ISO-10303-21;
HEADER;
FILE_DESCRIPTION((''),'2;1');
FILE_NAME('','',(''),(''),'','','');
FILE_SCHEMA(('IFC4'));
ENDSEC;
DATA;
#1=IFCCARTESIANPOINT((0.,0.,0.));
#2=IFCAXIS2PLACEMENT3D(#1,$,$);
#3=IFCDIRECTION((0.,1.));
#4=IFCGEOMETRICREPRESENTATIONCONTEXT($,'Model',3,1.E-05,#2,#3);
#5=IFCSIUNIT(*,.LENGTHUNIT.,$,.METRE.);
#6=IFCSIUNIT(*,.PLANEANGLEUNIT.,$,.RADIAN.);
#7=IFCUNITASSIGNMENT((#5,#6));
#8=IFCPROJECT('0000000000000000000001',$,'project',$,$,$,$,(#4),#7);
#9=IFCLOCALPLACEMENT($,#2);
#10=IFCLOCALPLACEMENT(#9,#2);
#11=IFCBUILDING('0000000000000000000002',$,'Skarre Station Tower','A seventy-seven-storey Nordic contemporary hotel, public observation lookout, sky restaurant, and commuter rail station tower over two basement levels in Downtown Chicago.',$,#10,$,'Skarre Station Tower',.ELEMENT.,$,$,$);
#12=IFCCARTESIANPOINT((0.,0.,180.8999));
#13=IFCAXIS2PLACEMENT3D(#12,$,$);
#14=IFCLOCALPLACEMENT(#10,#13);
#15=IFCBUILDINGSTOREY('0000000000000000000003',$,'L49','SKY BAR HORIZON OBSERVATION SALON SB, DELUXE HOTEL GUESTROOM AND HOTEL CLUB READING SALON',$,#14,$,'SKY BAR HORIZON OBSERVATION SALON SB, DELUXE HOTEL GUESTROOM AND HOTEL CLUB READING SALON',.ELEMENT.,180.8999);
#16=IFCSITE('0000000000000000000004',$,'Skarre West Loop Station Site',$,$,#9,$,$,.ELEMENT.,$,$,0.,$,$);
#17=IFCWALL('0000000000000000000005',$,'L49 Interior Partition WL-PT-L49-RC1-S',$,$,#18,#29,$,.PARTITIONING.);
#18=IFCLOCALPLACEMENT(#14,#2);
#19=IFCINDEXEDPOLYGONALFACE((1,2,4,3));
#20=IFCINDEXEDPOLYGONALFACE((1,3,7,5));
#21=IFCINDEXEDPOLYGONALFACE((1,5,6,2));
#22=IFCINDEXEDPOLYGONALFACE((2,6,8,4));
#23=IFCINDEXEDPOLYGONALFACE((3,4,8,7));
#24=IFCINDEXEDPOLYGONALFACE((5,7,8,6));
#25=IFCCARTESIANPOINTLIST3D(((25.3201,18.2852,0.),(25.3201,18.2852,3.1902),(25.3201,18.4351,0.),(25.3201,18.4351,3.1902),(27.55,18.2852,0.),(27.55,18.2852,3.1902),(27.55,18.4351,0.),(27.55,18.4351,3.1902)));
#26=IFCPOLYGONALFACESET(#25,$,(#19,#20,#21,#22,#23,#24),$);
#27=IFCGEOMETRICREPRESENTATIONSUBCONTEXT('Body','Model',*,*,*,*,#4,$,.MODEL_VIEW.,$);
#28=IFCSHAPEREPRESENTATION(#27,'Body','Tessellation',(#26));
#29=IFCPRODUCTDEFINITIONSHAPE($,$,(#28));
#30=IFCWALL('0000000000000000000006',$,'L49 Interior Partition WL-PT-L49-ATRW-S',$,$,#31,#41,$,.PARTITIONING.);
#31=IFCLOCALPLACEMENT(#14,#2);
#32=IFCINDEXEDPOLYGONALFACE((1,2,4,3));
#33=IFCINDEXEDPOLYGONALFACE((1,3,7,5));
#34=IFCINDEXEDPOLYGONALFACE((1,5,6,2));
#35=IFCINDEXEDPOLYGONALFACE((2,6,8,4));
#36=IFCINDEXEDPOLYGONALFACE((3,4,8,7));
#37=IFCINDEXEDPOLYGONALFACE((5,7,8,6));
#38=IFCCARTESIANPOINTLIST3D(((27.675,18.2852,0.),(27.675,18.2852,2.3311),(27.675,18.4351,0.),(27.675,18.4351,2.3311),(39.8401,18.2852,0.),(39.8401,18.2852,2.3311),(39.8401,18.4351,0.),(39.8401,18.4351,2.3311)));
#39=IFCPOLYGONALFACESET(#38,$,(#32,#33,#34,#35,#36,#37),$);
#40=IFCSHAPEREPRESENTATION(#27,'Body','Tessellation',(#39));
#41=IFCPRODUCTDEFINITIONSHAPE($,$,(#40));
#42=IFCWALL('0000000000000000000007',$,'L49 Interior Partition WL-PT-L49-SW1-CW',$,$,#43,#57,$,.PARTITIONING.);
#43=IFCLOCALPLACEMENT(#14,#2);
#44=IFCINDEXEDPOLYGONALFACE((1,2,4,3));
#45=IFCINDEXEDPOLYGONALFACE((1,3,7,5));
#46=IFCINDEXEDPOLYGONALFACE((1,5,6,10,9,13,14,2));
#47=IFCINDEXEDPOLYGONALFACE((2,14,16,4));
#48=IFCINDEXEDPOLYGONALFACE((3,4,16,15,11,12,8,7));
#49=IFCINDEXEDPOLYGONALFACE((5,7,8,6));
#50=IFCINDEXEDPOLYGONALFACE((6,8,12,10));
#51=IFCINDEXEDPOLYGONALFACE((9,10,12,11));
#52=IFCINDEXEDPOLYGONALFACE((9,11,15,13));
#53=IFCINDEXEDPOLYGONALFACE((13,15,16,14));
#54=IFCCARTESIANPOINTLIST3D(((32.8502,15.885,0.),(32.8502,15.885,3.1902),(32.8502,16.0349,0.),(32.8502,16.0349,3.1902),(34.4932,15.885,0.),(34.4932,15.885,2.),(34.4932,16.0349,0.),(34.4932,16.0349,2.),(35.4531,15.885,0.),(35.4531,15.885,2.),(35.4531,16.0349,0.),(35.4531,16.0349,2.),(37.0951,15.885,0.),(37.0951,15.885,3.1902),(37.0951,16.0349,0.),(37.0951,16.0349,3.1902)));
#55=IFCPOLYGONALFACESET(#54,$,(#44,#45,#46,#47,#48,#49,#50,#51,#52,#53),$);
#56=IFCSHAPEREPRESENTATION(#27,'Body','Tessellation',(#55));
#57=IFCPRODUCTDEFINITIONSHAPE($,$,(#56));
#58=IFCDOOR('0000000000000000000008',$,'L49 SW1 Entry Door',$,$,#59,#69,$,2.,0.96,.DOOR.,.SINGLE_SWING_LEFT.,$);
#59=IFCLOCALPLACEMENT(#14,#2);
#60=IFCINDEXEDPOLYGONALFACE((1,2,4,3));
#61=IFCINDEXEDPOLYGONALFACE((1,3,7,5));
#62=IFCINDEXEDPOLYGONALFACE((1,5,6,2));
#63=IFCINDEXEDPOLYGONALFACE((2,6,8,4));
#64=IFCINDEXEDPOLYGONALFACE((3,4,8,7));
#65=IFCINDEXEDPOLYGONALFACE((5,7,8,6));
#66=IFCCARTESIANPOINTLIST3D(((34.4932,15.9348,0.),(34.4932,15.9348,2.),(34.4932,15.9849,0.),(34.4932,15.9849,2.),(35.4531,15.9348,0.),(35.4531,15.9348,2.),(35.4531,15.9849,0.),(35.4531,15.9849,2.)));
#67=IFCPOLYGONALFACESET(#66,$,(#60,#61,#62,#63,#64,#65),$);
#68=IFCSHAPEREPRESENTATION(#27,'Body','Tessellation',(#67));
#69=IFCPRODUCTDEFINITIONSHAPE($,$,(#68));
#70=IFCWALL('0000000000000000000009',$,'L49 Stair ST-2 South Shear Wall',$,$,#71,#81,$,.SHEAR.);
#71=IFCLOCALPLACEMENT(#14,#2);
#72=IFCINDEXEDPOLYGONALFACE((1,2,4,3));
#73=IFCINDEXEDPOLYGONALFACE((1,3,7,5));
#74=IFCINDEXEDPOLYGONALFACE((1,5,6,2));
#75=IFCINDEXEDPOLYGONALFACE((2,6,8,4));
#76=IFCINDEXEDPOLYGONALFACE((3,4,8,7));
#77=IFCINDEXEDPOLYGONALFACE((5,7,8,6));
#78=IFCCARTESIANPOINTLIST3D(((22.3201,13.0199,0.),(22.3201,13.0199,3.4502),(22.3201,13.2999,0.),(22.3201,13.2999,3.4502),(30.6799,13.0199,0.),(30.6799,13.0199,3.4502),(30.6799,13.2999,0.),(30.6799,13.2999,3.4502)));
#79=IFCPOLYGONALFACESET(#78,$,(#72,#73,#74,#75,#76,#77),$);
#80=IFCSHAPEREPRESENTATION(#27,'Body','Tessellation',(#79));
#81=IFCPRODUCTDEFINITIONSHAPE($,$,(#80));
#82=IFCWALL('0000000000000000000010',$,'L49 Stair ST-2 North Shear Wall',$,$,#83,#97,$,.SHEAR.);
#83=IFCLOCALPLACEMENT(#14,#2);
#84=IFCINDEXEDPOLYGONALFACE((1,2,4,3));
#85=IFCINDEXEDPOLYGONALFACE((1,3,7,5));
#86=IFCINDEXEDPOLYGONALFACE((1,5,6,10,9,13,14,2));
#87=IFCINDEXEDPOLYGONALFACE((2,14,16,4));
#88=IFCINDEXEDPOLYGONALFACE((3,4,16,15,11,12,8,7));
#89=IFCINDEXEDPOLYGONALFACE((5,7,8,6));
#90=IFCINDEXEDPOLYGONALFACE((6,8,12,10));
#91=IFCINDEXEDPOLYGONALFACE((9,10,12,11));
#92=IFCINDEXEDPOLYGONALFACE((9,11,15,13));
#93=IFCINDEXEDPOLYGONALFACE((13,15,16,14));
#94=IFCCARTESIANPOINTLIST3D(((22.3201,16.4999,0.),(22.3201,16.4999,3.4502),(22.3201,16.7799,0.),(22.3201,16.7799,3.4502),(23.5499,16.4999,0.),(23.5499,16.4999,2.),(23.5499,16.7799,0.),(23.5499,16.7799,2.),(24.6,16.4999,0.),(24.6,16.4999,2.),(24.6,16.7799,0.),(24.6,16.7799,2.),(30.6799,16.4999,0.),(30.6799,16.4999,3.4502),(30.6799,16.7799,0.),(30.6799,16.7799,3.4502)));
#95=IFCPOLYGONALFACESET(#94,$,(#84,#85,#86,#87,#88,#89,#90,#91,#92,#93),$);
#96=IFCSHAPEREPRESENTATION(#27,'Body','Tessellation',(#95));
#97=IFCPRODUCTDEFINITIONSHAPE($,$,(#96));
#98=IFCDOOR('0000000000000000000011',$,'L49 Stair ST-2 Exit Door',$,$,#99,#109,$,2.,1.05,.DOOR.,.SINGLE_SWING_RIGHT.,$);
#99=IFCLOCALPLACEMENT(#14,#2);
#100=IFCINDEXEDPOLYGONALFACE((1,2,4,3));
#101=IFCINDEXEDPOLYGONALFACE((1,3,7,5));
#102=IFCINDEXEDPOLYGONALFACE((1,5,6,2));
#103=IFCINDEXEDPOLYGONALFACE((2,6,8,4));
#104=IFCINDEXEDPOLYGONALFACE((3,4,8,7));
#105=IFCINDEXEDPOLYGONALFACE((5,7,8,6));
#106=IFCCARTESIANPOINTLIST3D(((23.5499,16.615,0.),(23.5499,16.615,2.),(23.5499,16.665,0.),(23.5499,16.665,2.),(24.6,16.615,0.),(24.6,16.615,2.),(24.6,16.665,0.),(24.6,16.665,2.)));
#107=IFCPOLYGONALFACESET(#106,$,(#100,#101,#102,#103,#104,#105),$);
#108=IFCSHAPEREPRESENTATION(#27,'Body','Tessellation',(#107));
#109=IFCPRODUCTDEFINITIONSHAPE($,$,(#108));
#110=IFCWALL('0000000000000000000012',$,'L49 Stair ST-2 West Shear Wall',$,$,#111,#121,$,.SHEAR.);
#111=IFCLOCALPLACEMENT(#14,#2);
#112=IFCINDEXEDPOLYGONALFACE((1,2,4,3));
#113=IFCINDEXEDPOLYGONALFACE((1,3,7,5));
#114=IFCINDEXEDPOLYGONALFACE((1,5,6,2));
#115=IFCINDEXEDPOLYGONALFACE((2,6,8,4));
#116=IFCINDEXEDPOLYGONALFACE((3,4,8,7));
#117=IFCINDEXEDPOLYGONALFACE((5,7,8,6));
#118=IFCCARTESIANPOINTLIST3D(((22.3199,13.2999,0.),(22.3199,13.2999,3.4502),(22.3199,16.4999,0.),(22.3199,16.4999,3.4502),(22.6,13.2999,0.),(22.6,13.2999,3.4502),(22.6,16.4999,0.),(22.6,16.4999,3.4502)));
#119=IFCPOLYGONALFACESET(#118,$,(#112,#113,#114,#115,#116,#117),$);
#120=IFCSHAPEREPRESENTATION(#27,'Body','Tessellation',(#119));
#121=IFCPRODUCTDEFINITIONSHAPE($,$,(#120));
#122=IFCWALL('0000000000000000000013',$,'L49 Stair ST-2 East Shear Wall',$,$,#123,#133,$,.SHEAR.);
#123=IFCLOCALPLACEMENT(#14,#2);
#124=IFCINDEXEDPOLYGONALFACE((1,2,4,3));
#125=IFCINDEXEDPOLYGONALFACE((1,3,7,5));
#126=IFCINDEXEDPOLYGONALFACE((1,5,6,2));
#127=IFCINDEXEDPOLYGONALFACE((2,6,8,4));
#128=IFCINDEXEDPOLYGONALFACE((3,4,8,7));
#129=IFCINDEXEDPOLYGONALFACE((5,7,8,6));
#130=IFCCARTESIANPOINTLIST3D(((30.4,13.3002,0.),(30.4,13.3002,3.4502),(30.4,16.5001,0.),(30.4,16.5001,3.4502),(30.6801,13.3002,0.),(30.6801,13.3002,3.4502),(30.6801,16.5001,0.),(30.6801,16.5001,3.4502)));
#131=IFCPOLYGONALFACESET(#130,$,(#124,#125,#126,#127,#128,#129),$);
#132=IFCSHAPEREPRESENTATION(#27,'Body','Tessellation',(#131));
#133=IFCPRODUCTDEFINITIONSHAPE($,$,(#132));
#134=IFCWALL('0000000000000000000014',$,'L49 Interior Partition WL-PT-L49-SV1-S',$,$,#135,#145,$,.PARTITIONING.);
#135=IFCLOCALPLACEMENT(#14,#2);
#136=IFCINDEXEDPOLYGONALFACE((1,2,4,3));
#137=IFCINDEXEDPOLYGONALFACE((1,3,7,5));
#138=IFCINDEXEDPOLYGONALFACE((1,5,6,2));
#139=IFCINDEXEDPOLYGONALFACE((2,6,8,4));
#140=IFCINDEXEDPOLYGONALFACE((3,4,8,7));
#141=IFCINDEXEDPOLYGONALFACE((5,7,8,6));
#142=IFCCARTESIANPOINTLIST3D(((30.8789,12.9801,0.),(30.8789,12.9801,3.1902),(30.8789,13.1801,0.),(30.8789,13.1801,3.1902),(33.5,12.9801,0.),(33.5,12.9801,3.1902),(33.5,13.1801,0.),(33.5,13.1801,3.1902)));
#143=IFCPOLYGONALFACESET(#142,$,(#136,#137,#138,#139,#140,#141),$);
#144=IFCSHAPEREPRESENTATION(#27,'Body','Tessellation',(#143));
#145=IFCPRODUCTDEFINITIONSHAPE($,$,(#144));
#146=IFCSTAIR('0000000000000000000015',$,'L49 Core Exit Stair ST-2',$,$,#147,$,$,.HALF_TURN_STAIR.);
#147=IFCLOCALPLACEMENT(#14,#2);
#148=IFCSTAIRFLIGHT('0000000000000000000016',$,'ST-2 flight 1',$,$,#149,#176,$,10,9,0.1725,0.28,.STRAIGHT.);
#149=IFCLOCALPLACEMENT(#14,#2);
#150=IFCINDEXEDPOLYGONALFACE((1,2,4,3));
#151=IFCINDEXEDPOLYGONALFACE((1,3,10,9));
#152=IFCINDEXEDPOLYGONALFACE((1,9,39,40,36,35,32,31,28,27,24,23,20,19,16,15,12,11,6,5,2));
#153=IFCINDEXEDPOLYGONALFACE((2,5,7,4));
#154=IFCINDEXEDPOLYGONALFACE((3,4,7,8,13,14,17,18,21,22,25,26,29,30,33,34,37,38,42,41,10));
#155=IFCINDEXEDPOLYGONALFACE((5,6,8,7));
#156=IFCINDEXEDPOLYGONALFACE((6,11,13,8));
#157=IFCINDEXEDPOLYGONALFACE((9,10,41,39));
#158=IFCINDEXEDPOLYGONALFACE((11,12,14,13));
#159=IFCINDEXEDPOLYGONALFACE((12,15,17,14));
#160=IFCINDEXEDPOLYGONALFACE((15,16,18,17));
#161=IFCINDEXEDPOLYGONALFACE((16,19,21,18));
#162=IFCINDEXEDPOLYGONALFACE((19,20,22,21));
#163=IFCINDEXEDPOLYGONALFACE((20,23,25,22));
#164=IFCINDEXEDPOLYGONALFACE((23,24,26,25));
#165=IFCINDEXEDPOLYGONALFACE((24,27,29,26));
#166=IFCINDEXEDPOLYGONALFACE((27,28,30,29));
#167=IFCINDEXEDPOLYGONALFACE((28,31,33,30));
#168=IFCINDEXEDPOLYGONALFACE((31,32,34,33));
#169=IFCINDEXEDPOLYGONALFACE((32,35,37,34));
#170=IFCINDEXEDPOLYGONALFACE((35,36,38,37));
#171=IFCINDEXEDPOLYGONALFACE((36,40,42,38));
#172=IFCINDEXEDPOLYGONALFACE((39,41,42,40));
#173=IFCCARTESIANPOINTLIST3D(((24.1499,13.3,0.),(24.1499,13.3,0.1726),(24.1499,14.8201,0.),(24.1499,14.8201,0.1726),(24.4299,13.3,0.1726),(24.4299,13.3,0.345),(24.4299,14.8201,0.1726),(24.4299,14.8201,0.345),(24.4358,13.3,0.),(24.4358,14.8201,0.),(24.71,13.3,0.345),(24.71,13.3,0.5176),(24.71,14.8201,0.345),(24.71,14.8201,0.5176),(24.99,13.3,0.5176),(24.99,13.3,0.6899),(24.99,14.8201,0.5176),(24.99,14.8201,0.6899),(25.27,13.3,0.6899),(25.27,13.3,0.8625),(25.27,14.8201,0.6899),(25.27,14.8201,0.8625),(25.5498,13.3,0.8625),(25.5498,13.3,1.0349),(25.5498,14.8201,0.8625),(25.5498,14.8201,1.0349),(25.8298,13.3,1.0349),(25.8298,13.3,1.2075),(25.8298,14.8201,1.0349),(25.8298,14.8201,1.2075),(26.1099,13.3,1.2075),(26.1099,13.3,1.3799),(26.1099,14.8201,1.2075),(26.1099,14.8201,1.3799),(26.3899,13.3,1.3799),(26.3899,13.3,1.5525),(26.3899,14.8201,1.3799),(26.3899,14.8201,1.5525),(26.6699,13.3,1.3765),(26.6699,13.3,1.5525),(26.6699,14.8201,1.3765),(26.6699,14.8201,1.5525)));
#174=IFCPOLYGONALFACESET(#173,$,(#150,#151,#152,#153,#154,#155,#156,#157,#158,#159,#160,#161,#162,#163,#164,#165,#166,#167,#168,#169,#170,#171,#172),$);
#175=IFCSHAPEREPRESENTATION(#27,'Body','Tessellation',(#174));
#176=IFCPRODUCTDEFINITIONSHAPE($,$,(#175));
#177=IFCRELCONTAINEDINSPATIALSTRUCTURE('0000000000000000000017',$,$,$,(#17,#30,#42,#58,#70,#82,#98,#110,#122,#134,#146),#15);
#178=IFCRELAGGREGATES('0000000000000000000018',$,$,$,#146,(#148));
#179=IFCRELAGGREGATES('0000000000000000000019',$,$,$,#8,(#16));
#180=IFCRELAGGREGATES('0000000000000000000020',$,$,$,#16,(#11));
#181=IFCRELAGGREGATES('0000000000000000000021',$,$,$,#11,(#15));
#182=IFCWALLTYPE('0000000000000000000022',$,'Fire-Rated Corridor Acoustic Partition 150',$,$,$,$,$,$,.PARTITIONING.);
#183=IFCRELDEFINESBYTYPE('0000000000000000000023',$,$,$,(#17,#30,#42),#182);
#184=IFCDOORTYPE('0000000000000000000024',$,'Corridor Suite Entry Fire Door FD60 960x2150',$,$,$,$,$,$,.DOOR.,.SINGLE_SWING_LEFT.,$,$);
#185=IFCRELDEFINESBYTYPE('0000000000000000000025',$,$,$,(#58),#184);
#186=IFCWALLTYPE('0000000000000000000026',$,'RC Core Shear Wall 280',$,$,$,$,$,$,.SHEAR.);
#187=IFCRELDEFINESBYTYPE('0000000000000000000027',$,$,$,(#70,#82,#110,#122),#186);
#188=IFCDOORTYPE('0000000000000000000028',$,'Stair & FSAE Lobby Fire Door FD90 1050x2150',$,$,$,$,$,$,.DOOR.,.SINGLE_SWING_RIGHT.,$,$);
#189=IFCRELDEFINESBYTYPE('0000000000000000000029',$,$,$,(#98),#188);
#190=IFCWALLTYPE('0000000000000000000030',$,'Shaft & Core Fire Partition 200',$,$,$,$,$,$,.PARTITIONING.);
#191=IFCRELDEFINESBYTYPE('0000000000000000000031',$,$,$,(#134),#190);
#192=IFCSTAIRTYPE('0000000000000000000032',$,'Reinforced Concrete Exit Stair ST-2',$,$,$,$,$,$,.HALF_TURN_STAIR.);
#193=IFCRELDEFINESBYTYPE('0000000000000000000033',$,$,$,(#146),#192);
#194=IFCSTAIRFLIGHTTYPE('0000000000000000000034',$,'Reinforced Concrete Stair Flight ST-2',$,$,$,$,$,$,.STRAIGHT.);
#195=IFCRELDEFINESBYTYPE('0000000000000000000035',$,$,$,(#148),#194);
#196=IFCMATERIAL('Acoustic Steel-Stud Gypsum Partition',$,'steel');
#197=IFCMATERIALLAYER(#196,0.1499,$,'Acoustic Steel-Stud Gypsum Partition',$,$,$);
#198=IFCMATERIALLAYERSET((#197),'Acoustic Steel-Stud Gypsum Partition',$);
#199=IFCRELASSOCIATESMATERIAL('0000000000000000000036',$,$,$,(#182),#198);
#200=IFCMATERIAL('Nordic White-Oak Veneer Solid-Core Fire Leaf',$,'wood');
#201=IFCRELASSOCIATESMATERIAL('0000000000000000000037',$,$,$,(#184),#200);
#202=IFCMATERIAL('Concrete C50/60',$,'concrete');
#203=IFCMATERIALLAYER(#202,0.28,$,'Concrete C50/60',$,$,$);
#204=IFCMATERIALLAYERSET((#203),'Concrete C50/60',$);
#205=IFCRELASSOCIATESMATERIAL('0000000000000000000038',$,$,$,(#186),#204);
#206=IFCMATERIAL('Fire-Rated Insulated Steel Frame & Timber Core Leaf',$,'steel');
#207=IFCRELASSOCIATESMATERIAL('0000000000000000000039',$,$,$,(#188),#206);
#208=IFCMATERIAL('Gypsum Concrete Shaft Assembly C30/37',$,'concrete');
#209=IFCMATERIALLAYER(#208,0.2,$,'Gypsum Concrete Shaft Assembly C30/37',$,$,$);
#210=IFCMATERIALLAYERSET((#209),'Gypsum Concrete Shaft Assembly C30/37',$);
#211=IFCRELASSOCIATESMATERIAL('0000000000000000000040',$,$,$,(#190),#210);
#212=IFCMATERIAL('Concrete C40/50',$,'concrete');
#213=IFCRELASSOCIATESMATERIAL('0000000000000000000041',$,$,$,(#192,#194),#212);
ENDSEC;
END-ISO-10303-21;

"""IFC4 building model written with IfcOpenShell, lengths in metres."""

from ifc_helpers import new_model, si_unit, direction, frame, frame_2d, origin, place, context, subcontext, project, spatial, polyline, rectangle, outline, extrude, material, layer, layer_set, type_object, element, fill, aggregate, save


model = new_model("IFC4")

# Units and contexts
model_context = context("Model", 3, precision=1e-05, world=origin(), true_north=direction((0.0, 1.0)))
body_context = subcontext(model_context, "Body", "Model", "MODEL_VIEW")
ifc_project = project(units=[si_unit("LENGTHUNIT", "METRE"), si_unit("PLANEANGLEUNIT", "RADIAN")], contexts=[model_context])

# Site, building, storey
site_placement = place(None, origin())
site = spatial("IfcSite", under=ifc_project, at=site_placement, Name="Skarre West Loop Station Site", CompositionType="ELEMENT", RefElevation=0.0)
building_placement = place(site_placement, origin())
building = spatial("IfcBuilding", under=site, at=building_placement, Name="Skarre Station Tower", Description="A seventy-seven-storey Nordic contemporary hotel, public observation lookout, sky restaurant, and commuter rail station tower over two basement levels in Downtown Chicago.", LongName="Skarre Station Tower", CompositionType="ELEMENT")
storey_placement = place(building_placement, frame((0.0, 0.0, 180.8999)))
storey = spatial("IfcBuildingStorey", under=building, at=storey_placement, Name="L49", Description="SKY BAR HORIZON OBSERVATION SALON SB, DELUXE HOTEL GUESTROOM AND HOTEL CLUB READING SALON", LongName="SKY BAR HORIZON OBSERVATION SALON SB, DELUXE HOTEL GUESTROOM AND HOTEL CLUB READING SALON", CompositionType="ELEMENT", Elevation=180.8999)

# Walls
ifc_material_1 = material(Name="Acoustic Steel-Stud Gypsum Partition", Category="steel")
ifc_layer_1 = layer(ifc_material_1, 0.1499, Name="Acoustic Steel-Stud Gypsum Partition")
ifc_layer_set_1 = layer_set([ifc_layer_1], Name="Acoustic Steel-Stud Gypsum Partition")
wall_type_1 = type_object("IfcWallType", Name="Fire-Rated Corridor Acoustic Partition 150", PredefinedType="PARTITIONING", material=ifc_layer_set_1)
wall_1_placement = place(storey_placement, frame((25.3201, 18.3601, 0.0), z_axis=(0.0, 0.0, 1.0), x_axis=(1.0, 0.0, 0.0)))
element("IfcWall", 1, at=wall_1_placement, inside=storey, type_object=wall_type_1, Name="L49 Interior Partition WL-PT-L49-RC1-S", PredefinedType="PARTITIONING", context=body_context, shape_type="SweptSolid", body=[
    extrude(rectangle(XDim=2.23, YDim=0.1499, at=frame_2d((1.115, 0.0))), origin(), (0.0, 0.0, 1.0), 3.1902),
])
wall_2_placement = place(storey_placement, frame((27.675, 18.3601, 0.0), z_axis=(0.0, 0.0, 1.0), x_axis=(1.0, 0.0, 0.0)))
element("IfcWall", 2, at=wall_2_placement, inside=storey, type_object=wall_type_1, Name="L49 Interior Partition WL-PT-L49-ATRW-S", PredefinedType="PARTITIONING", context=body_context, shape_type="SweptSolid", body=[
    extrude(rectangle(XDim=12.165, YDim=0.1499, at=frame_2d((6.0825, 0.0))), origin(), (0.0, 0.0, 1.0), 2.3311),
])

# Wall, opening, door
wall_3_placement = place(storey_placement, frame((32.8501, 15.96, 0.0), z_axis=(0.0, 0.0, 1.0), x_axis=(1.0, 0.0, 0.0)))
wall_3 = element("IfcWall", 3, at=wall_3_placement, inside=storey, type_object=wall_type_1, Name="L49 Interior Partition WL-PT-L49-SW1-CW", PredefinedType="PARTITIONING", context=body_context, shape_type="SweptSolid", body=[
    extrude(rectangle(XDim=4.2449, YDim=0.1499, at=frame_2d((2.1226, 0.0))), origin(), (0.0, 0.0, 1.0), 3.1902),
])
opening_1_placement = place(wall_3_placement, frame((1.6431, 0.0, 0.0)))
opening_1 = element("IfcOpeningElement", 4, at=opening_1_placement, cuts=wall_3, PredefinedType="OPENING", context=body_context, shape_type="SweptSolid", body=[
    extrude(rectangle(XDim=0.96, YDim=2.0, at=frame_2d((0.48, 1.0))), frame((0.0, 0.085, 0.0), z_axis=(0.0, -1.0, 0.0), x_axis=(1.0, 0.0, 0.0)), (0.0, 0.0, 1.0), 0.1699),
])
ifc_material_2 = material(Name="Nordic White-Oak Veneer Solid-Core Fire Leaf", Category="wood")
door_type_1 = type_object("IfcDoorType", Name="Corridor Suite Entry Fire Door FD60 960x2150", OperationType="SINGLE_SWING_LEFT", PredefinedType="DOOR", material=ifc_material_2)
door_1_placement = place(opening_1_placement, origin())
door_1 = element("IfcDoor", 5, at=door_1_placement, inside=storey, type_object=door_type_1, Name="L49 SW1 Entry Door", OperationType="SINGLE_SWING_LEFT", OverallHeight=2.0, OverallWidth=0.96, PredefinedType="DOOR", context=body_context, shape_type="SweptSolid", body=[
    extrude(rectangle(XDim=0.96, YDim=2.0, at=frame_2d((0.48, 1.0))), frame((0.0, 0.0249, 0.0), z_axis=(0.0, -1.0, 0.0), x_axis=(1.0, 0.0, 0.0)), (0.0, 0.0, 1.0), 0.05),
])
fill(opening_1, door_1)

# Wall
ifc_material_3 = material(Name="Concrete C50/60", Category="concrete")
ifc_layer_2 = layer(ifc_material_3, 0.28, Name="Concrete C50/60")
ifc_layer_set_2 = layer_set([ifc_layer_2], Name="Concrete C50/60")
wall_type_2 = type_object("IfcWallType", Name="RC Core Shear Wall 280", PredefinedType="SHEAR", material=ifc_layer_set_2)
wall_4_placement = place(storey_placement, frame((22.3201, 13.1599, 0.0), z_axis=(0.0, 0.0, 1.0), x_axis=(1.0, 0.0, 0.0)))
element("IfcWall", 6, at=wall_4_placement, inside=storey, type_object=wall_type_2, Name="L49 Stair ST-2 South Shear Wall", PredefinedType="SHEAR", context=body_context, shape_type="SweptSolid", body=[
    extrude(rectangle(XDim=8.3599, YDim=0.28, at=frame_2d((4.1799, 0.0))), origin(), (0.0, 0.0, 1.0), 3.4502),
])

# Wall, opening, door
wall_5_placement = place(storey_placement, frame((30.6799, 16.6399, 0.0), z_axis=(0.0, 0.0, 1.0), x_axis=(-1.0, 0.0, 0.0)))
wall_5 = element("IfcWall", 7, at=wall_5_placement, inside=storey, type_object=wall_type_2, Name="L49 Stair ST-2 North Shear Wall", PredefinedType="SHEAR", context=body_context, shape_type="SweptSolid", body=[
    extrude(rectangle(XDim=8.3599, YDim=0.28, at=frame_2d((4.1799, 0.0))), origin(), (0.0, 0.0, 1.0), 3.4502),
])
opening_2_placement = place(wall_5_placement, frame((6.0801, 0.0, 0.0)))
opening_2 = element("IfcOpeningElement", 8, at=opening_2_placement, cuts=wall_5, PredefinedType="OPENING", context=body_context, shape_type="SweptSolid", body=[
    extrude(rectangle(XDim=1.05, YDim=2.0, at=frame_2d((0.5249, 1.0))), frame((0.0, 0.1499, 0.0), z_axis=(0.0, -1.0, 0.0), x_axis=(1.0, 0.0, 0.0)), (0.0, 0.0, 1.0), 0.3),
])
ifc_material_4 = material(Name="Fire-Rated Insulated Steel Frame & Timber Core Leaf", Category="steel")
door_type_2 = type_object("IfcDoorType", Name="Stair & FSAE Lobby Fire Door FD90 1050x2150", OperationType="SINGLE_SWING_RIGHT", PredefinedType="DOOR", material=ifc_material_4)
door_2_placement = place(opening_2_placement, origin())
door_2 = element("IfcDoor", 9, at=door_2_placement, inside=storey, type_object=door_type_2, Name="L49 Stair ST-2 Exit Door", OperationType="SINGLE_SWING_RIGHT", OverallHeight=2.0, OverallWidth=1.05, PredefinedType="DOOR", context=body_context, shape_type="SweptSolid", body=[
    extrude(rectangle(XDim=1.05, YDim=2.0, at=frame_2d((0.5249, 1.0))), frame((0.0, 0.0249, 0.0), z_axis=(0.0, -1.0, 0.0), x_axis=(1.0, 0.0, 0.0)), (0.0, 0.0, 1.0), 0.05),
])
fill(opening_2, door_2)

# Walls
for number, where, z_axis, x_axis, name in (
    (10, (22.46, 16.5, 0.0), (0.0, 0.0, 1.0), (0.0, -1.0, 0.0), "L49 Stair ST-2 West Shear Wall"),
    (11, (30.54, 13.3, 0.0), (0.0, 0.0, 1.0), (0.0, 1.0, 0.0), "L49 Stair ST-2 East Shear Wall"),
):
    element("IfcWall", number, at=place(storey_placement, frame(where, z_axis=z_axis, x_axis=x_axis)), inside=storey, type_object=wall_type_2, Name=name, PredefinedType="SHEAR", context=body_context, shape_type="SweptSolid", body=[
        extrude(rectangle(XDim=3.2, YDim=0.28, at=frame_2d((1.6001, 0.0))), origin(), (0.0, 0.0, 1.0), 3.4502),
    ])
ifc_material_5 = material(Name="Gypsum Concrete Shaft Assembly C30/37", Category="concrete")
ifc_layer_3 = layer(ifc_material_5, 0.2, Name="Gypsum Concrete Shaft Assembly C30/37")
ifc_layer_set_3 = layer_set([ifc_layer_3], Name="Gypsum Concrete Shaft Assembly C30/37")
wall_type_3 = type_object("IfcWallType", Name="Shaft & Core Fire Partition 200", PredefinedType="PARTITIONING", material=ifc_layer_set_3)
wall_6_placement = place(storey_placement, frame((30.8789, 13.0801, 0.0), z_axis=(0.0, 0.0, 1.0), x_axis=(1.0, 0.0, 0.0)))
element("IfcWall", 12, at=wall_6_placement, inside=storey, type_object=wall_type_3, Name="L49 Interior Partition WL-PT-L49-SV1-S", PredefinedType="PARTITIONING", context=body_context, shape_type="SweptSolid", body=[
    extrude(rectangle(XDim=2.6211, YDim=0.2, at=frame_2d((1.3105, 0.0))), origin(), (0.0, 0.0, 1.0), 3.1902),
])

# Stair, stair flight
ifc_material_6 = material(Name="Concrete C40/50", Category="concrete")
stair_type = type_object("IfcStairType", Name="Reinforced Concrete Exit Stair ST-2", PredefinedType="HALF_TURN_STAIR", material=ifc_material_6)
stair_placement = place(storey_placement, origin())
stair = element("IfcStair", 13, at=stair_placement, inside=storey, type_object=stair_type, Name="L49 Core Exit Stair ST-2", PredefinedType="HALF_TURN_STAIR")
stair_flight_type = type_object("IfcStairFlightType", Name="Reinforced Concrete Stair Flight ST-2", PredefinedType="STRAIGHT", material=ifc_material_6)
stair_flight_1_placement = place(storey_placement, frame((24.1499, 14.0601, 0.0), z_axis=(0.0, 0.0, 1.0), x_axis=(1.0, 0.0, 0.0)))
stair_flight_1 = element("IfcStairFlight", 14, at=stair_flight_1_placement, type_object=stair_flight_type, Name="ST-2 flight 1", NumberOfRisers=10, NumberOfTreads=9, PredefinedType="STRAIGHT", RiserHeight=0.1725, TreadLength=0.28, context=body_context, shape_type="SweptSolid", body=[
    extrude(outline(polyline([(0.0, 0.0), (0.0, 0.1726), (0.28, 0.1726), (0.28, 0.345), (0.5601, 0.345), (0.5601, 0.5176), (0.8401, 0.5176), (0.8401, 0.6899), (1.1201, 0.6899), (1.1201, 0.8625), (1.3999, 0.8625), (1.3999, 1.0349), (1.6799, 1.0349), (1.6799, 1.2075), (1.96, 1.2075), (1.96, 1.3799), (2.24, 1.3799), (2.24, 1.5525), (2.52, 1.5525), (2.52, 1.7251), (2.52, 1.3765), (0.2859, 0.0), (0.0, 0.0)])), frame((0.0, 0.76, 0.0), z_axis=(0.0, -1.0, 0.0), x_axis=(1.0, 0.0, 0.0)), (0.0, 0.0, 1.0), 1.52),
])
aggregate(stair, [stair_flight_1])

save(model, "model.ifc")
